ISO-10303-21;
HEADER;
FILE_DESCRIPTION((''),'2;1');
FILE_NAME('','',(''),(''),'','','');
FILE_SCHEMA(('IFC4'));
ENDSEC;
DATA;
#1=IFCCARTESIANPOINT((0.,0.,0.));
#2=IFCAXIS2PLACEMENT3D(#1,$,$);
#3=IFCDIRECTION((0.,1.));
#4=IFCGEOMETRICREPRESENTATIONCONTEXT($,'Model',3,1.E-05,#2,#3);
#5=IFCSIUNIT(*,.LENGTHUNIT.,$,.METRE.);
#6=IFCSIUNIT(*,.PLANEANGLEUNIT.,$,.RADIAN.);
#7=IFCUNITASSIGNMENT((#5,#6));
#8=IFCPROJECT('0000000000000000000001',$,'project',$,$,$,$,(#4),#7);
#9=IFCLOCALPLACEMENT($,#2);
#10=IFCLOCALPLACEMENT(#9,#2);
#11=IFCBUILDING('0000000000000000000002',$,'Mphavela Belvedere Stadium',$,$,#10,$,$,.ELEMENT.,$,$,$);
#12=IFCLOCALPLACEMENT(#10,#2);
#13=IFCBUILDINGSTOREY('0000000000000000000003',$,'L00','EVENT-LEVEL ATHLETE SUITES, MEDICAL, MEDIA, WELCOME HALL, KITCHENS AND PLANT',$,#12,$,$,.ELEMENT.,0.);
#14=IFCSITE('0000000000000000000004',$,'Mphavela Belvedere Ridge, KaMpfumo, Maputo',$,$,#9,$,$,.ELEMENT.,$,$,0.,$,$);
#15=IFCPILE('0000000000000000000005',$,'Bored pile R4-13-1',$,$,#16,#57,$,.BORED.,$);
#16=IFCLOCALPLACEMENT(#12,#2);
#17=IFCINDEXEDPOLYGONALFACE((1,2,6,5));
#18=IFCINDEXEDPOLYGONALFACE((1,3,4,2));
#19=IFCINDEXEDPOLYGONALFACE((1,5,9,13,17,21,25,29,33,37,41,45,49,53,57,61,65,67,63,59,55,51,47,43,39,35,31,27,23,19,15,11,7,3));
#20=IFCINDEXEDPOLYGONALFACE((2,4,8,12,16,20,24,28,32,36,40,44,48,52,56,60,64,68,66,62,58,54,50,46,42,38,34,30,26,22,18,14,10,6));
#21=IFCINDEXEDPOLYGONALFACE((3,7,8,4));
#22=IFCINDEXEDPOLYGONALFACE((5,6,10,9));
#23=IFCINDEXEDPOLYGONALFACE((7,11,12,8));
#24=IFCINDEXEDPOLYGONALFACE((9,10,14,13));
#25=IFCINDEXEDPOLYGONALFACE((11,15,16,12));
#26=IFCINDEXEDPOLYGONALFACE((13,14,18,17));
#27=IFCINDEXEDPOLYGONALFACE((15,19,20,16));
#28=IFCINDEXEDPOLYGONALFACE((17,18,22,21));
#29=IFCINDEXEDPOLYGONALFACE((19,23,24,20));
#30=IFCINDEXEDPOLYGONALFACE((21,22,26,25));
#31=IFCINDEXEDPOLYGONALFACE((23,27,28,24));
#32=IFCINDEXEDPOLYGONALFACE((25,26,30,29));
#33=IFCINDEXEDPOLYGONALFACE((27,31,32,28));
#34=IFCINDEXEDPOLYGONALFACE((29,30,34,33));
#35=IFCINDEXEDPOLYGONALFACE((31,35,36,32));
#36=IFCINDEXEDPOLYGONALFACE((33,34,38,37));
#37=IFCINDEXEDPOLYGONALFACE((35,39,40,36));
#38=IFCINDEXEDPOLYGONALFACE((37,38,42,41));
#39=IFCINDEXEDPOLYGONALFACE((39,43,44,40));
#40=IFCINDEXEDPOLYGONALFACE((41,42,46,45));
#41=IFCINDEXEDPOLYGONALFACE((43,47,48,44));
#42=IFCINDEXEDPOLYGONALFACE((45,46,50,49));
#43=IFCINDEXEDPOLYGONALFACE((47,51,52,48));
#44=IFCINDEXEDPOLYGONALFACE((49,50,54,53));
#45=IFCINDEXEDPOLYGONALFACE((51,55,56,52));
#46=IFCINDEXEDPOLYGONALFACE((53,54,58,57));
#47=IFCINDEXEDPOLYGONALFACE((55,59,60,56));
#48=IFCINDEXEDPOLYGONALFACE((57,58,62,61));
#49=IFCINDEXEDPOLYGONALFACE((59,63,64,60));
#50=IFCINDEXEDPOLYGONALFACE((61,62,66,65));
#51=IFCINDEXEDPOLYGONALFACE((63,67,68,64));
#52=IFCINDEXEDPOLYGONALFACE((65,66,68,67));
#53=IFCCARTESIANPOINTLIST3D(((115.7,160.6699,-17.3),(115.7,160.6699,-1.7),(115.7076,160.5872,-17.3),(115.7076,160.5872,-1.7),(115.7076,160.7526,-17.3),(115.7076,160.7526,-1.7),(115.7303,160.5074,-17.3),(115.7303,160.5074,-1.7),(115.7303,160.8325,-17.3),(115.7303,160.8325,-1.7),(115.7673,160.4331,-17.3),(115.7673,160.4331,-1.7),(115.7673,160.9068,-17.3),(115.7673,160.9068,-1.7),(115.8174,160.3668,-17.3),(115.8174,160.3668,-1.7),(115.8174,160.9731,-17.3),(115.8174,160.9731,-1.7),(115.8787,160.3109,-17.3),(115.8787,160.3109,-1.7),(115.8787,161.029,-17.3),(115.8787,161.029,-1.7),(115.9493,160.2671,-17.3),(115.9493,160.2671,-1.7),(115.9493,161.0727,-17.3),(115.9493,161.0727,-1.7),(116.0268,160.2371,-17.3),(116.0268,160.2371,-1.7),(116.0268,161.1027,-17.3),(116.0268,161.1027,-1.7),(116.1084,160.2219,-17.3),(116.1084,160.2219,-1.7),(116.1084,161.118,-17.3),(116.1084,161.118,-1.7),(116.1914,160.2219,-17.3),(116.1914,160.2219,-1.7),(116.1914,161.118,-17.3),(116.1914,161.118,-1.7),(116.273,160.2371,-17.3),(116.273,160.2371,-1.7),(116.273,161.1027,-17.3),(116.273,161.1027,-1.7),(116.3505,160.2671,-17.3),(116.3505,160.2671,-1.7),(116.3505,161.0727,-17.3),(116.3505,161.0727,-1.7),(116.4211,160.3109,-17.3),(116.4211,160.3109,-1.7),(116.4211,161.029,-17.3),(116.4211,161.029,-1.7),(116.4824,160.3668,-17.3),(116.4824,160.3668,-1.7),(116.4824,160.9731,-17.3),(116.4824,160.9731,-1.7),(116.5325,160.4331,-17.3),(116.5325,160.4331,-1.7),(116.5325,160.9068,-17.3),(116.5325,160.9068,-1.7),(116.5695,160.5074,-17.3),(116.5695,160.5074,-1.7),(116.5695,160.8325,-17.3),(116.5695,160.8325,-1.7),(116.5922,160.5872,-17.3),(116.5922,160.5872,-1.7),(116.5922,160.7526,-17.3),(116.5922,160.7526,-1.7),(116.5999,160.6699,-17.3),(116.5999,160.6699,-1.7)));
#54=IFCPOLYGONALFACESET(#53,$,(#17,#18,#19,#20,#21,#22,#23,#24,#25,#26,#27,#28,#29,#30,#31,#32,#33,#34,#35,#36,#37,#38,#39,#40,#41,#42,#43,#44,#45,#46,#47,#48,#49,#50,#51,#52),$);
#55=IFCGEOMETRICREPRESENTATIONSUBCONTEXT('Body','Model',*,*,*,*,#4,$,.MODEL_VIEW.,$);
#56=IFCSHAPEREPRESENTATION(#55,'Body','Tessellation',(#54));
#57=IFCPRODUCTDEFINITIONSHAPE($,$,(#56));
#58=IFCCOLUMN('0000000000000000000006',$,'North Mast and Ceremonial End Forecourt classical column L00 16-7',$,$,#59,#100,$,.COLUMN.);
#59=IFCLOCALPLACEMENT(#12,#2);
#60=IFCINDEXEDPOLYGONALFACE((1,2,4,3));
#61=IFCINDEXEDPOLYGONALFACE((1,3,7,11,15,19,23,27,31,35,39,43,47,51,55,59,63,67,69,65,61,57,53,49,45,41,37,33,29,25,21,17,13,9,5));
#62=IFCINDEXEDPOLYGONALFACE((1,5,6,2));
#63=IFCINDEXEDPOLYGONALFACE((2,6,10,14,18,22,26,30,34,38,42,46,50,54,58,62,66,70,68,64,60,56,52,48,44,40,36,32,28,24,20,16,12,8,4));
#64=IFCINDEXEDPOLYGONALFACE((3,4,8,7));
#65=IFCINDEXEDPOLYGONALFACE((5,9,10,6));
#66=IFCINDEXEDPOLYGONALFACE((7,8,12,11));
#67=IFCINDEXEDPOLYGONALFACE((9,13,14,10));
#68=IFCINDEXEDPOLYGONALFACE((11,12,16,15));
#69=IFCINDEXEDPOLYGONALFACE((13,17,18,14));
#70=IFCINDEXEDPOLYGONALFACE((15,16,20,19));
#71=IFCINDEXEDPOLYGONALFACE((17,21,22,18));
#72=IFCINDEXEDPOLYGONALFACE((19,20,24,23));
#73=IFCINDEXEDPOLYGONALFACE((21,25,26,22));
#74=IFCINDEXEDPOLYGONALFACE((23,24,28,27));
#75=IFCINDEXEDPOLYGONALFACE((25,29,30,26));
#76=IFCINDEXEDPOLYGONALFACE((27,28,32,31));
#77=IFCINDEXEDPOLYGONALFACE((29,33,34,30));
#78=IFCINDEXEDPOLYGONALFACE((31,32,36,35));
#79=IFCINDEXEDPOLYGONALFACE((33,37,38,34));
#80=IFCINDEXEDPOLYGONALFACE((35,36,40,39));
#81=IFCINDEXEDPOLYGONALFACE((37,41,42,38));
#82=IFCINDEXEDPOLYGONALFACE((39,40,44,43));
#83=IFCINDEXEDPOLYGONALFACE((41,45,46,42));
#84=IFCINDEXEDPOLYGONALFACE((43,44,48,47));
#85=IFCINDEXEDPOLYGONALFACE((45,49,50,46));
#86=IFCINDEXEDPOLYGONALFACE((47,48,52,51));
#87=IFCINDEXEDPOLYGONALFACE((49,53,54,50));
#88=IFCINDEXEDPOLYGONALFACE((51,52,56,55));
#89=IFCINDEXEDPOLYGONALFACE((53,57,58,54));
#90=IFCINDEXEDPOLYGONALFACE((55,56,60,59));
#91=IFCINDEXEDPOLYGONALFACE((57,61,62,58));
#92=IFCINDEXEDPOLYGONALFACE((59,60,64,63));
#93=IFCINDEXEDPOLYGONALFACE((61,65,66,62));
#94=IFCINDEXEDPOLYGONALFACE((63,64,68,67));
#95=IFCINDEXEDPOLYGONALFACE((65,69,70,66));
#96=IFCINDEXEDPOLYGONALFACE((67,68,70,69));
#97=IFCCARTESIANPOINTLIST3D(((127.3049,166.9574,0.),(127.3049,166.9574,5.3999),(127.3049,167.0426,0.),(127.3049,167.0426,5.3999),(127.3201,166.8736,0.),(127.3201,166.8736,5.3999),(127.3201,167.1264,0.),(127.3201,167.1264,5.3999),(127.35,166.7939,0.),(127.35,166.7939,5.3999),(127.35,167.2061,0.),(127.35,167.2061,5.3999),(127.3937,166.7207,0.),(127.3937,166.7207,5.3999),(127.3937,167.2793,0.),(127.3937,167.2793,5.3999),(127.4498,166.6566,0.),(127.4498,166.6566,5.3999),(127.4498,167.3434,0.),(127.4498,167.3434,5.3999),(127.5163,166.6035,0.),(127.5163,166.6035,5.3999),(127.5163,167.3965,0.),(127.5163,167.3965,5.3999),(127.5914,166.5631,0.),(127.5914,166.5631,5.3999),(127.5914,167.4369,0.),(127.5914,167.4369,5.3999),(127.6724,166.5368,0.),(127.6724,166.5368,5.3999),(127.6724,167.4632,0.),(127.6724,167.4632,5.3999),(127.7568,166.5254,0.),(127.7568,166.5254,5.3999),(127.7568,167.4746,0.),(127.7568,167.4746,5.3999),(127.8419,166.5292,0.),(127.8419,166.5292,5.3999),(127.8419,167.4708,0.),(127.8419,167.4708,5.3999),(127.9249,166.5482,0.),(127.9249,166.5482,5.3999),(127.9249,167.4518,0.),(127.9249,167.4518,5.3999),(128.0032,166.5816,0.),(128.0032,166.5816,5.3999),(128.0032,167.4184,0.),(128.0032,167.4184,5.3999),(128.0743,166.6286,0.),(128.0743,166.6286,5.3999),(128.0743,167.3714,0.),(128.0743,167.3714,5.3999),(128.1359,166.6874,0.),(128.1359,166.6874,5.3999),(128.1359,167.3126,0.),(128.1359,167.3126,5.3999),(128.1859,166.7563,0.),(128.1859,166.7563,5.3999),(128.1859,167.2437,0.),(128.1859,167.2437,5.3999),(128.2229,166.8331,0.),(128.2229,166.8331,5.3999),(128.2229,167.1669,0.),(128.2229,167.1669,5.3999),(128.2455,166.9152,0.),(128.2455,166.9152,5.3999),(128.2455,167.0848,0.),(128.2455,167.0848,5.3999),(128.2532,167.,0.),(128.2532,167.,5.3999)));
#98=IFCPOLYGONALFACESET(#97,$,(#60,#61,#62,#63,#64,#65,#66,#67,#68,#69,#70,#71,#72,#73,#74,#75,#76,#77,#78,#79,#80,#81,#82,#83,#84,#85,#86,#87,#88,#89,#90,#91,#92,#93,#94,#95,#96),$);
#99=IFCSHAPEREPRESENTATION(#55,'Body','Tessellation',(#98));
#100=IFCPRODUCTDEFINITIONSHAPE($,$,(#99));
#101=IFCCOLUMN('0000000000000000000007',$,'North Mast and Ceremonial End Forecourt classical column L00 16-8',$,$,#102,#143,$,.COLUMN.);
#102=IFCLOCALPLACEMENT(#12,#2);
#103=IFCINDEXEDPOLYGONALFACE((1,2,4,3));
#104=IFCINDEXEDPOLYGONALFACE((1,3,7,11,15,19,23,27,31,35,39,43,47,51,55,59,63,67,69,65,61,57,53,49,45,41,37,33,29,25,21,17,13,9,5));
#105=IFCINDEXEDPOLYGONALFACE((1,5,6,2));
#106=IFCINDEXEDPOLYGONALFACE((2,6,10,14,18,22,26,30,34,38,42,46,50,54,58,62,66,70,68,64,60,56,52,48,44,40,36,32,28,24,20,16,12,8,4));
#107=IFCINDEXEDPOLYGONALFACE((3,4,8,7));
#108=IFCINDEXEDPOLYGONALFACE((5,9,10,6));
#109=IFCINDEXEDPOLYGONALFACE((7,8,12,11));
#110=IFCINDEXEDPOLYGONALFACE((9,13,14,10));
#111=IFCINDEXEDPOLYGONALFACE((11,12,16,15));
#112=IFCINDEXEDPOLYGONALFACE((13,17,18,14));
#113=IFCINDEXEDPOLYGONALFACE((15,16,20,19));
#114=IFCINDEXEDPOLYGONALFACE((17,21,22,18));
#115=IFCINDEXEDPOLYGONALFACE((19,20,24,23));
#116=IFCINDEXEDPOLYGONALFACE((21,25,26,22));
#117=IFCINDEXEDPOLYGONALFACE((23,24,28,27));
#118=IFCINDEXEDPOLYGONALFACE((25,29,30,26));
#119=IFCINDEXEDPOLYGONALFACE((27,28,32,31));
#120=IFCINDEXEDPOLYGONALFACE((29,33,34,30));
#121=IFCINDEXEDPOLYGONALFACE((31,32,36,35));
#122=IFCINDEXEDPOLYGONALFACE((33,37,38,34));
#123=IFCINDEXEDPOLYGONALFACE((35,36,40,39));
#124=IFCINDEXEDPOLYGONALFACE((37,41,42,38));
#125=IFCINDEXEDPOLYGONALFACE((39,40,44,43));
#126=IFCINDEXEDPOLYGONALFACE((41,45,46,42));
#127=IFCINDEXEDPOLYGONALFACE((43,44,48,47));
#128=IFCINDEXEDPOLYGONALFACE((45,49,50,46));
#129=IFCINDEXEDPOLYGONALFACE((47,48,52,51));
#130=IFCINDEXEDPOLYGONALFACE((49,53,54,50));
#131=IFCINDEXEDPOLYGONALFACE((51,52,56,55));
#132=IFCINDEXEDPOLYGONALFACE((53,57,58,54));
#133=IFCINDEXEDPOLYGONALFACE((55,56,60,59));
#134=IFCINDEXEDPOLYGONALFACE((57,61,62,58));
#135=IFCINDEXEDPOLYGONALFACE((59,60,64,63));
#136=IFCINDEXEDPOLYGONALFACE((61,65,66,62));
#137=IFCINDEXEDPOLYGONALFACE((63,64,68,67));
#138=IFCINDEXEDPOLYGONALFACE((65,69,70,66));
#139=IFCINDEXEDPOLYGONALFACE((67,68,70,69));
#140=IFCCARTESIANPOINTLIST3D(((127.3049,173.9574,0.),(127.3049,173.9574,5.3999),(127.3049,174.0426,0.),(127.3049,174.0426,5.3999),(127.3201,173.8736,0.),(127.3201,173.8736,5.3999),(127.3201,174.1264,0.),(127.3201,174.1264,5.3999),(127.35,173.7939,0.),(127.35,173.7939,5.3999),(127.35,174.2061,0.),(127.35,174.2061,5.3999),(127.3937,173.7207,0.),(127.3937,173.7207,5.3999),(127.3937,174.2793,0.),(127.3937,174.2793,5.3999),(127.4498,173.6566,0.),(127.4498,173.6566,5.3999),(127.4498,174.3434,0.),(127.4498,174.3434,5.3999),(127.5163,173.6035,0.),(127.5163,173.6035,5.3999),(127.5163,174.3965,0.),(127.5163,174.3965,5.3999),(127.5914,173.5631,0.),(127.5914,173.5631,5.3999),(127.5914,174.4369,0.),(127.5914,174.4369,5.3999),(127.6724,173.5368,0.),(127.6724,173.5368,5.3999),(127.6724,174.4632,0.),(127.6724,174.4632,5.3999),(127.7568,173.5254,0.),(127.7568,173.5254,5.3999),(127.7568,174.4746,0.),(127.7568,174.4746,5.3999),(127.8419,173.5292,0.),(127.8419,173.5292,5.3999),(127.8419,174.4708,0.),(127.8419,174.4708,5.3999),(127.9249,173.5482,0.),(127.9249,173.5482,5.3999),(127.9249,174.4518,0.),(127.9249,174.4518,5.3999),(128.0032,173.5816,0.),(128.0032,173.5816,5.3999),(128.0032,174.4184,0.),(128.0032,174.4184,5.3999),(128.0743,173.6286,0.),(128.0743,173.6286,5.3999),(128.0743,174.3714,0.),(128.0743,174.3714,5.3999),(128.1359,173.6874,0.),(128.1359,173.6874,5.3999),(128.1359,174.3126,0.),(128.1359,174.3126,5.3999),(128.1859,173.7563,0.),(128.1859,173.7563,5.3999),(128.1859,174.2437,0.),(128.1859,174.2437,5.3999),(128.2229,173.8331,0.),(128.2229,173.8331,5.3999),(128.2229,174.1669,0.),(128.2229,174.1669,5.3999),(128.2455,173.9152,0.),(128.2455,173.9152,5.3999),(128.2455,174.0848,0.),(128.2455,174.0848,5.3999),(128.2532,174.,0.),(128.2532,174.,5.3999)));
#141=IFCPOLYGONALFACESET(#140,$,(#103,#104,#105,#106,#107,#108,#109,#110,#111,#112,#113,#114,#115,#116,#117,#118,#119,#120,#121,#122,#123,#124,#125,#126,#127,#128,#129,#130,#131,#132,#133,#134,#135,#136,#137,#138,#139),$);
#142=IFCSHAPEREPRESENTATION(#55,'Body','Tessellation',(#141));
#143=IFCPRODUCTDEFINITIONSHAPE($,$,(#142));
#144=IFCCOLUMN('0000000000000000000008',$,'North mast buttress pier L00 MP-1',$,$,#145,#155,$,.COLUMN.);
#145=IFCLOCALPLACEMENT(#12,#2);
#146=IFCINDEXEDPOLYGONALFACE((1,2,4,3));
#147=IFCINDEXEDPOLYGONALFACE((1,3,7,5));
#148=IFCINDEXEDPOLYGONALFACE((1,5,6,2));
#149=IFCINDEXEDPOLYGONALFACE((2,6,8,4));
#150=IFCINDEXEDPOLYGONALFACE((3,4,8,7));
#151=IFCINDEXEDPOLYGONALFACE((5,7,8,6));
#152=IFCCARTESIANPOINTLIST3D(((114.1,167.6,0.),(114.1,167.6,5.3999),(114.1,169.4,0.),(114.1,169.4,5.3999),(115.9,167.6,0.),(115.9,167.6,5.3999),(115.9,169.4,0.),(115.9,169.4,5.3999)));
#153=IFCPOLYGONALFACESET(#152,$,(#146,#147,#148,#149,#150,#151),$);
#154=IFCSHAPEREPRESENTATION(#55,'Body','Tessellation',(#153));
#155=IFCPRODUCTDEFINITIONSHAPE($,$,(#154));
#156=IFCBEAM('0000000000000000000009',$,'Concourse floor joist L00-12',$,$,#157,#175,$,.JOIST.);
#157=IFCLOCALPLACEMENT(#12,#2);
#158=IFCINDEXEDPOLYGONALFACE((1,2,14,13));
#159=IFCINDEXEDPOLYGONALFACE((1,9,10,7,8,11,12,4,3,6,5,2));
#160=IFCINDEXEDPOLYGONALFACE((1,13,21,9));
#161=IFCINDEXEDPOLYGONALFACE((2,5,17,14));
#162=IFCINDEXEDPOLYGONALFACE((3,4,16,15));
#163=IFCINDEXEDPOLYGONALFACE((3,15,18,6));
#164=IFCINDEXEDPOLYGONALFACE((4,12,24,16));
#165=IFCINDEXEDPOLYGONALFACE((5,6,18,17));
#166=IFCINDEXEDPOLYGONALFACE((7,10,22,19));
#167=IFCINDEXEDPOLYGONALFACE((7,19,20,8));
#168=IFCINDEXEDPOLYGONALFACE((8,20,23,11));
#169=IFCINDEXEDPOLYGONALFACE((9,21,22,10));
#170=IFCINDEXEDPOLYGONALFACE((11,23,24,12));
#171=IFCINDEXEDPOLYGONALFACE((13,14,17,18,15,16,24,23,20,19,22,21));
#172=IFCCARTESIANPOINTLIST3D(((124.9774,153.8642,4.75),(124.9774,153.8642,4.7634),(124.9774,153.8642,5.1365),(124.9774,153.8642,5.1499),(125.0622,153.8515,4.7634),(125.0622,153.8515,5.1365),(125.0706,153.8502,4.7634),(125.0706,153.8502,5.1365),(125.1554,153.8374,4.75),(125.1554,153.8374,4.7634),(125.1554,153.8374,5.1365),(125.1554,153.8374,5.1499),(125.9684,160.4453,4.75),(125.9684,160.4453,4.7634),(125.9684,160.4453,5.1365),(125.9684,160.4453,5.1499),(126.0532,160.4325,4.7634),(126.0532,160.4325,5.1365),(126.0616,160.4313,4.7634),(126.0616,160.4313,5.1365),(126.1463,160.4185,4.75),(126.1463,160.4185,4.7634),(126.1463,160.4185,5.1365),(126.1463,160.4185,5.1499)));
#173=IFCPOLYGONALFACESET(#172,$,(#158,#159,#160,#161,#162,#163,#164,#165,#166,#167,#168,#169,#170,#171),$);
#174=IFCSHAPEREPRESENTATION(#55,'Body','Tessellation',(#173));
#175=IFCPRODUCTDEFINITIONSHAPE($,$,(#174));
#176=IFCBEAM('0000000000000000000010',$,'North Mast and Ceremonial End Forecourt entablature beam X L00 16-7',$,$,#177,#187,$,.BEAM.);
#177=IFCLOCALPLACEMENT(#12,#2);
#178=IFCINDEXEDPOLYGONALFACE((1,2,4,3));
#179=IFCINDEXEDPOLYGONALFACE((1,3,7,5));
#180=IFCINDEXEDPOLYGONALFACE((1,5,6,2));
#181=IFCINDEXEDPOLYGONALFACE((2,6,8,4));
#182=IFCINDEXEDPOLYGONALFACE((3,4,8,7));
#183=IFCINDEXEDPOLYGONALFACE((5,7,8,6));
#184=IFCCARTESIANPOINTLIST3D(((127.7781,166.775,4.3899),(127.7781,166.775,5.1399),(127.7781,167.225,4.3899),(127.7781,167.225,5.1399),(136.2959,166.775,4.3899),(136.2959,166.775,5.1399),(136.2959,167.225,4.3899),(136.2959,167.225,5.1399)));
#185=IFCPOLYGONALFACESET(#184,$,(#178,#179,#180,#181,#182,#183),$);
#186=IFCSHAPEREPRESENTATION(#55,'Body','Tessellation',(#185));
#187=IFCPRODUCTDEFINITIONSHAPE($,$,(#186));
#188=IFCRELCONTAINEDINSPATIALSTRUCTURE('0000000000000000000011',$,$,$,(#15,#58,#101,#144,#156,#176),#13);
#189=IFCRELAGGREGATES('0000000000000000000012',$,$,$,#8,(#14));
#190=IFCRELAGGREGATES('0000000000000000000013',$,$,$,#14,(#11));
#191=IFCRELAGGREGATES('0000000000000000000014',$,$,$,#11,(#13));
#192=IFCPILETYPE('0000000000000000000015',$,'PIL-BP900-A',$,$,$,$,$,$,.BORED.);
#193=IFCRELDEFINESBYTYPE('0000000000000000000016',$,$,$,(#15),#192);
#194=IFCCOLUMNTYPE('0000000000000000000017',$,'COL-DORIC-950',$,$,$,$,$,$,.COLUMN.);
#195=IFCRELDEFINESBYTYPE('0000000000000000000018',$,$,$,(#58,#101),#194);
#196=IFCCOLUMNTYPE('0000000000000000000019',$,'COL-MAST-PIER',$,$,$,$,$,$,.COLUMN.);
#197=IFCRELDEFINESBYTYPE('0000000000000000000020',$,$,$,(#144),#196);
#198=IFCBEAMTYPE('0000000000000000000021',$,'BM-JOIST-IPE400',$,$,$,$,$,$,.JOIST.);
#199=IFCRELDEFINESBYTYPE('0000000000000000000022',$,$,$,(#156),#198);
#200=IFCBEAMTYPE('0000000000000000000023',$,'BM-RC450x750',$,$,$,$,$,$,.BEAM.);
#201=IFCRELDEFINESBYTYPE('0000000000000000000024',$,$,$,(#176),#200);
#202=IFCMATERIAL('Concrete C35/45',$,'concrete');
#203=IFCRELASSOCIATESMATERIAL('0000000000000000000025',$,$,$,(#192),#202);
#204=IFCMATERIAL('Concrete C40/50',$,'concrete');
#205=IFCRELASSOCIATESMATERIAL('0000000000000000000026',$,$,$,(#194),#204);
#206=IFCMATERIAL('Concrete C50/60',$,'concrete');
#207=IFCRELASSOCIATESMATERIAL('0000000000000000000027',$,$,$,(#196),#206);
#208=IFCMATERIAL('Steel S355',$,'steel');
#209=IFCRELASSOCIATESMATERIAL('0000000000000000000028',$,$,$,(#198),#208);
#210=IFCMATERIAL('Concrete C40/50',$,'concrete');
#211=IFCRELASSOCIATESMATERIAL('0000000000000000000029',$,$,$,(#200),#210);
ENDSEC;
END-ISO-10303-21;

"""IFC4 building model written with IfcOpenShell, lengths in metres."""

from ifc_helpers import new_model, si_unit, direction, frame, origin, origin_2d, place, context, subcontext, project, spatial, rectangle, circle, i_section, extrude, material, material_profile, profile_set, type_object, element, save


model = new_model("IFC4")

# Units and contexts
model_context = context("Model", 3, precision=1e-05, world=origin(), true_north=direction((0.0, 1.0)))
body_context = subcontext(model_context, "Body", "Model", "MODEL_VIEW")
ifc_project = project(units=[si_unit("LENGTHUNIT", "METRE"), si_unit("PLANEANGLEUNIT", "RADIAN")], contexts=[model_context])

# Site, building, storey
site_placement = place(None, origin())
site = spatial("IfcSite", under=ifc_project, at=site_placement, Name="Mphavela Belvedere Ridge, KaMpfumo, Maputo", CompositionType="ELEMENT", RefElevation=0.0)
building_placement = place(site_placement, origin())
building = spatial("IfcBuilding", under=site, at=building_placement, Name="Mphavela Belvedere Stadium", CompositionType="ELEMENT")
storey_placement = place(building_placement, origin())
storey = spatial("IfcBuildingStorey", under=building, at=storey_placement, Name="L00", Description="EVENT-LEVEL ATHLETE SUITES, MEDICAL, MEDIA, WELCOME HALL, KITCHENS AND PLANT", CompositionType="ELEMENT", Elevation=0.0)

# Pile
ifc_material_1 = material(Name="Concrete C35/45", Category="concrete")
ifc_material_profile_1 = material_profile(ifc_material_1, circle(Radius=0.45, at=origin_2d()), Name="BP D900")
ifc_profile_set_1 = profile_set([ifc_material_profile_1], Name="Concrete C35/45")
pile_type_1 = type_object("IfcPileType", Name="PIL-BP900-A", PredefinedType="BORED", material=ifc_profile_set_1)
pile_1_placement = place(storey_placement, frame((116.1499, 160.6699, -1.7), z_axis=(0.0, 0.0, -1.0), x_axis=(1.0, 0.0, 0.0)))
element("IfcPile", 1, at=pile_1_placement, inside=storey, type_object=pile_type_1, Name="Bored pile R4-13-1", PredefinedType="BORED", context=body_context, shape_type="SweptSolid", body=[
    extrude(circle(Radius=0.45, at=origin_2d()), origin(), (0.0, 0.0, 1.0), 15.6001),
])

# Columns
ifc_material_2 = material(Name="Concrete C40/50", Category="concrete")
ifc_material_profile_2 = material_profile(ifc_material_2, circle(Radius=0.4751, at=origin_2d()), Name="COL D950")
ifc_profile_set_2 = profile_set([ifc_material_profile_2], Name="Concrete C40/50")
column_type_1 = type_object("IfcColumnType", Name="COL-DORIC-950", PredefinedType="COLUMN", material=ifc_profile_set_2)
for number, where, z_axis, x_axis, name in (
    (2, (127.7781, 167.0, 0.0), (0.0, 0.0, 1.0), (1.0, 0.0, 0.0), "North Mast and Ceremonial End Forecourt classical column L00 16-7"),
    (3, (127.7781, 174.0, 0.0), (0.0, 0.0, 1.0), (1.0, 0.0, 0.0), "North Mast and Ceremonial End Forecourt classical column L00 16-8"),
):
    element("IfcColumn", number, at=place(storey_placement, frame(where, z_axis=z_axis, x_axis=x_axis)), inside=storey, type_object=column_type_1, Name=name, PredefinedType="COLUMN", context=body_context, shape_type="SweptSolid", body=[
        extrude(circle(Radius=0.4751, at=origin_2d()), origin(), (0.0, 0.0, 1.0), 5.3999),
    ])
ifc_material_3 = material(Name="Concrete C50/60", Category="concrete")
ifc_material_profile_3 = material_profile(ifc_material_3, rectangle(XDim=1.8, YDim=1.8, at=origin_2d()), Name="RC 1800x1800")
ifc_profile_set_3 = profile_set([ifc_material_profile_3], Name="Concrete C50/60")
column_type_2 = type_object("IfcColumnType", Name="COL-MAST-PIER", PredefinedType="COLUMN", material=ifc_profile_set_3)
column_placement = place(storey_placement, frame((115.0, 168.5, 0.0), z_axis=(0.0, 0.0, 1.0), x_axis=(1.0, 0.0, 0.0)))
element("IfcColumn", 4, at=column_placement, inside=storey, type_object=column_type_2, Name="North mast buttress pier L00 MP-1", PredefinedType="COLUMN", context=body_context, shape_type="SweptSolid", body=[
    extrude(rectangle(XDim=1.8, YDim=1.8, at=origin_2d()), origin(), (0.0, 0.0, 1.0), 5.3999),
])

# Beams
ifc_material_4 = material(Name="Steel S355", Category="steel")
ifc_material_profile_4 = material_profile(ifc_material_4, i_section(OverallWidth=0.1799, OverallDepth=0.3999, WebThickness=0.0085, FlangeThickness=0.0134, at=origin_2d()), Name="IPE 400")
ifc_profile_set_4 = profile_set([ifc_material_profile_4], Name="Steel S355")
beam_type_1 = type_object("IfcBeamType", Name="BM-JOIST-IPE400", PredefinedType="JOIST", material=ifc_profile_set_4)
beam_1_placement = place(storey_placement, frame((125.0664, 153.8508, 4.95), z_axis=(0.1489, 0.988852, 0.0), x_axis=(-0.988852, 0.1489, 0.0)))
element("IfcBeam", 5, at=beam_1_placement, inside=storey, type_object=beam_type_1, Name="Concourse floor joist L00-12", PredefinedType="JOIST", context=body_context, shape_type="SweptSolid", body=[
    extrude(i_section(OverallWidth=0.1799, OverallDepth=0.3999, WebThickness=0.0085, FlangeThickness=0.0134, at=origin_2d()), origin(), (0.0, 0.0, 1.0), 6.6553),
])
ifc_material_5 = material(Name="Concrete C40/50", Category="concrete")
ifc_material_profile_5 = material_profile(ifc_material_5, rectangle(XDim=0.45, YDim=0.75, at=origin_2d()), Name="RC 450x750")
ifc_profile_set_5 = profile_set([ifc_material_profile_5], Name="Concrete C40/50")
beam_type_2 = type_object("IfcBeamType", Name="BM-RC450x750", PredefinedType="BEAM", material=ifc_profile_set_5)
beam_2_placement = place(storey_placement, frame((127.7781, 167.0, 4.7649), z_axis=(1.0, 0.0, 0.0), x_axis=(0.0, 1.0, 0.0)))
element("IfcBeam", 6, at=beam_2_placement, inside=storey, type_object=beam_type_2, Name="North Mast and Ceremonial End Forecourt entablature beam X L00 16-7", PredefinedType="BEAM", context=body_context, shape_type="SweptSolid", body=[
    extrude(rectangle(XDim=0.45, YDim=0.75, at=origin_2d()), origin(), (0.0, 0.0, 1.0), 8.5178),
])

save(model, "model.ifc")
